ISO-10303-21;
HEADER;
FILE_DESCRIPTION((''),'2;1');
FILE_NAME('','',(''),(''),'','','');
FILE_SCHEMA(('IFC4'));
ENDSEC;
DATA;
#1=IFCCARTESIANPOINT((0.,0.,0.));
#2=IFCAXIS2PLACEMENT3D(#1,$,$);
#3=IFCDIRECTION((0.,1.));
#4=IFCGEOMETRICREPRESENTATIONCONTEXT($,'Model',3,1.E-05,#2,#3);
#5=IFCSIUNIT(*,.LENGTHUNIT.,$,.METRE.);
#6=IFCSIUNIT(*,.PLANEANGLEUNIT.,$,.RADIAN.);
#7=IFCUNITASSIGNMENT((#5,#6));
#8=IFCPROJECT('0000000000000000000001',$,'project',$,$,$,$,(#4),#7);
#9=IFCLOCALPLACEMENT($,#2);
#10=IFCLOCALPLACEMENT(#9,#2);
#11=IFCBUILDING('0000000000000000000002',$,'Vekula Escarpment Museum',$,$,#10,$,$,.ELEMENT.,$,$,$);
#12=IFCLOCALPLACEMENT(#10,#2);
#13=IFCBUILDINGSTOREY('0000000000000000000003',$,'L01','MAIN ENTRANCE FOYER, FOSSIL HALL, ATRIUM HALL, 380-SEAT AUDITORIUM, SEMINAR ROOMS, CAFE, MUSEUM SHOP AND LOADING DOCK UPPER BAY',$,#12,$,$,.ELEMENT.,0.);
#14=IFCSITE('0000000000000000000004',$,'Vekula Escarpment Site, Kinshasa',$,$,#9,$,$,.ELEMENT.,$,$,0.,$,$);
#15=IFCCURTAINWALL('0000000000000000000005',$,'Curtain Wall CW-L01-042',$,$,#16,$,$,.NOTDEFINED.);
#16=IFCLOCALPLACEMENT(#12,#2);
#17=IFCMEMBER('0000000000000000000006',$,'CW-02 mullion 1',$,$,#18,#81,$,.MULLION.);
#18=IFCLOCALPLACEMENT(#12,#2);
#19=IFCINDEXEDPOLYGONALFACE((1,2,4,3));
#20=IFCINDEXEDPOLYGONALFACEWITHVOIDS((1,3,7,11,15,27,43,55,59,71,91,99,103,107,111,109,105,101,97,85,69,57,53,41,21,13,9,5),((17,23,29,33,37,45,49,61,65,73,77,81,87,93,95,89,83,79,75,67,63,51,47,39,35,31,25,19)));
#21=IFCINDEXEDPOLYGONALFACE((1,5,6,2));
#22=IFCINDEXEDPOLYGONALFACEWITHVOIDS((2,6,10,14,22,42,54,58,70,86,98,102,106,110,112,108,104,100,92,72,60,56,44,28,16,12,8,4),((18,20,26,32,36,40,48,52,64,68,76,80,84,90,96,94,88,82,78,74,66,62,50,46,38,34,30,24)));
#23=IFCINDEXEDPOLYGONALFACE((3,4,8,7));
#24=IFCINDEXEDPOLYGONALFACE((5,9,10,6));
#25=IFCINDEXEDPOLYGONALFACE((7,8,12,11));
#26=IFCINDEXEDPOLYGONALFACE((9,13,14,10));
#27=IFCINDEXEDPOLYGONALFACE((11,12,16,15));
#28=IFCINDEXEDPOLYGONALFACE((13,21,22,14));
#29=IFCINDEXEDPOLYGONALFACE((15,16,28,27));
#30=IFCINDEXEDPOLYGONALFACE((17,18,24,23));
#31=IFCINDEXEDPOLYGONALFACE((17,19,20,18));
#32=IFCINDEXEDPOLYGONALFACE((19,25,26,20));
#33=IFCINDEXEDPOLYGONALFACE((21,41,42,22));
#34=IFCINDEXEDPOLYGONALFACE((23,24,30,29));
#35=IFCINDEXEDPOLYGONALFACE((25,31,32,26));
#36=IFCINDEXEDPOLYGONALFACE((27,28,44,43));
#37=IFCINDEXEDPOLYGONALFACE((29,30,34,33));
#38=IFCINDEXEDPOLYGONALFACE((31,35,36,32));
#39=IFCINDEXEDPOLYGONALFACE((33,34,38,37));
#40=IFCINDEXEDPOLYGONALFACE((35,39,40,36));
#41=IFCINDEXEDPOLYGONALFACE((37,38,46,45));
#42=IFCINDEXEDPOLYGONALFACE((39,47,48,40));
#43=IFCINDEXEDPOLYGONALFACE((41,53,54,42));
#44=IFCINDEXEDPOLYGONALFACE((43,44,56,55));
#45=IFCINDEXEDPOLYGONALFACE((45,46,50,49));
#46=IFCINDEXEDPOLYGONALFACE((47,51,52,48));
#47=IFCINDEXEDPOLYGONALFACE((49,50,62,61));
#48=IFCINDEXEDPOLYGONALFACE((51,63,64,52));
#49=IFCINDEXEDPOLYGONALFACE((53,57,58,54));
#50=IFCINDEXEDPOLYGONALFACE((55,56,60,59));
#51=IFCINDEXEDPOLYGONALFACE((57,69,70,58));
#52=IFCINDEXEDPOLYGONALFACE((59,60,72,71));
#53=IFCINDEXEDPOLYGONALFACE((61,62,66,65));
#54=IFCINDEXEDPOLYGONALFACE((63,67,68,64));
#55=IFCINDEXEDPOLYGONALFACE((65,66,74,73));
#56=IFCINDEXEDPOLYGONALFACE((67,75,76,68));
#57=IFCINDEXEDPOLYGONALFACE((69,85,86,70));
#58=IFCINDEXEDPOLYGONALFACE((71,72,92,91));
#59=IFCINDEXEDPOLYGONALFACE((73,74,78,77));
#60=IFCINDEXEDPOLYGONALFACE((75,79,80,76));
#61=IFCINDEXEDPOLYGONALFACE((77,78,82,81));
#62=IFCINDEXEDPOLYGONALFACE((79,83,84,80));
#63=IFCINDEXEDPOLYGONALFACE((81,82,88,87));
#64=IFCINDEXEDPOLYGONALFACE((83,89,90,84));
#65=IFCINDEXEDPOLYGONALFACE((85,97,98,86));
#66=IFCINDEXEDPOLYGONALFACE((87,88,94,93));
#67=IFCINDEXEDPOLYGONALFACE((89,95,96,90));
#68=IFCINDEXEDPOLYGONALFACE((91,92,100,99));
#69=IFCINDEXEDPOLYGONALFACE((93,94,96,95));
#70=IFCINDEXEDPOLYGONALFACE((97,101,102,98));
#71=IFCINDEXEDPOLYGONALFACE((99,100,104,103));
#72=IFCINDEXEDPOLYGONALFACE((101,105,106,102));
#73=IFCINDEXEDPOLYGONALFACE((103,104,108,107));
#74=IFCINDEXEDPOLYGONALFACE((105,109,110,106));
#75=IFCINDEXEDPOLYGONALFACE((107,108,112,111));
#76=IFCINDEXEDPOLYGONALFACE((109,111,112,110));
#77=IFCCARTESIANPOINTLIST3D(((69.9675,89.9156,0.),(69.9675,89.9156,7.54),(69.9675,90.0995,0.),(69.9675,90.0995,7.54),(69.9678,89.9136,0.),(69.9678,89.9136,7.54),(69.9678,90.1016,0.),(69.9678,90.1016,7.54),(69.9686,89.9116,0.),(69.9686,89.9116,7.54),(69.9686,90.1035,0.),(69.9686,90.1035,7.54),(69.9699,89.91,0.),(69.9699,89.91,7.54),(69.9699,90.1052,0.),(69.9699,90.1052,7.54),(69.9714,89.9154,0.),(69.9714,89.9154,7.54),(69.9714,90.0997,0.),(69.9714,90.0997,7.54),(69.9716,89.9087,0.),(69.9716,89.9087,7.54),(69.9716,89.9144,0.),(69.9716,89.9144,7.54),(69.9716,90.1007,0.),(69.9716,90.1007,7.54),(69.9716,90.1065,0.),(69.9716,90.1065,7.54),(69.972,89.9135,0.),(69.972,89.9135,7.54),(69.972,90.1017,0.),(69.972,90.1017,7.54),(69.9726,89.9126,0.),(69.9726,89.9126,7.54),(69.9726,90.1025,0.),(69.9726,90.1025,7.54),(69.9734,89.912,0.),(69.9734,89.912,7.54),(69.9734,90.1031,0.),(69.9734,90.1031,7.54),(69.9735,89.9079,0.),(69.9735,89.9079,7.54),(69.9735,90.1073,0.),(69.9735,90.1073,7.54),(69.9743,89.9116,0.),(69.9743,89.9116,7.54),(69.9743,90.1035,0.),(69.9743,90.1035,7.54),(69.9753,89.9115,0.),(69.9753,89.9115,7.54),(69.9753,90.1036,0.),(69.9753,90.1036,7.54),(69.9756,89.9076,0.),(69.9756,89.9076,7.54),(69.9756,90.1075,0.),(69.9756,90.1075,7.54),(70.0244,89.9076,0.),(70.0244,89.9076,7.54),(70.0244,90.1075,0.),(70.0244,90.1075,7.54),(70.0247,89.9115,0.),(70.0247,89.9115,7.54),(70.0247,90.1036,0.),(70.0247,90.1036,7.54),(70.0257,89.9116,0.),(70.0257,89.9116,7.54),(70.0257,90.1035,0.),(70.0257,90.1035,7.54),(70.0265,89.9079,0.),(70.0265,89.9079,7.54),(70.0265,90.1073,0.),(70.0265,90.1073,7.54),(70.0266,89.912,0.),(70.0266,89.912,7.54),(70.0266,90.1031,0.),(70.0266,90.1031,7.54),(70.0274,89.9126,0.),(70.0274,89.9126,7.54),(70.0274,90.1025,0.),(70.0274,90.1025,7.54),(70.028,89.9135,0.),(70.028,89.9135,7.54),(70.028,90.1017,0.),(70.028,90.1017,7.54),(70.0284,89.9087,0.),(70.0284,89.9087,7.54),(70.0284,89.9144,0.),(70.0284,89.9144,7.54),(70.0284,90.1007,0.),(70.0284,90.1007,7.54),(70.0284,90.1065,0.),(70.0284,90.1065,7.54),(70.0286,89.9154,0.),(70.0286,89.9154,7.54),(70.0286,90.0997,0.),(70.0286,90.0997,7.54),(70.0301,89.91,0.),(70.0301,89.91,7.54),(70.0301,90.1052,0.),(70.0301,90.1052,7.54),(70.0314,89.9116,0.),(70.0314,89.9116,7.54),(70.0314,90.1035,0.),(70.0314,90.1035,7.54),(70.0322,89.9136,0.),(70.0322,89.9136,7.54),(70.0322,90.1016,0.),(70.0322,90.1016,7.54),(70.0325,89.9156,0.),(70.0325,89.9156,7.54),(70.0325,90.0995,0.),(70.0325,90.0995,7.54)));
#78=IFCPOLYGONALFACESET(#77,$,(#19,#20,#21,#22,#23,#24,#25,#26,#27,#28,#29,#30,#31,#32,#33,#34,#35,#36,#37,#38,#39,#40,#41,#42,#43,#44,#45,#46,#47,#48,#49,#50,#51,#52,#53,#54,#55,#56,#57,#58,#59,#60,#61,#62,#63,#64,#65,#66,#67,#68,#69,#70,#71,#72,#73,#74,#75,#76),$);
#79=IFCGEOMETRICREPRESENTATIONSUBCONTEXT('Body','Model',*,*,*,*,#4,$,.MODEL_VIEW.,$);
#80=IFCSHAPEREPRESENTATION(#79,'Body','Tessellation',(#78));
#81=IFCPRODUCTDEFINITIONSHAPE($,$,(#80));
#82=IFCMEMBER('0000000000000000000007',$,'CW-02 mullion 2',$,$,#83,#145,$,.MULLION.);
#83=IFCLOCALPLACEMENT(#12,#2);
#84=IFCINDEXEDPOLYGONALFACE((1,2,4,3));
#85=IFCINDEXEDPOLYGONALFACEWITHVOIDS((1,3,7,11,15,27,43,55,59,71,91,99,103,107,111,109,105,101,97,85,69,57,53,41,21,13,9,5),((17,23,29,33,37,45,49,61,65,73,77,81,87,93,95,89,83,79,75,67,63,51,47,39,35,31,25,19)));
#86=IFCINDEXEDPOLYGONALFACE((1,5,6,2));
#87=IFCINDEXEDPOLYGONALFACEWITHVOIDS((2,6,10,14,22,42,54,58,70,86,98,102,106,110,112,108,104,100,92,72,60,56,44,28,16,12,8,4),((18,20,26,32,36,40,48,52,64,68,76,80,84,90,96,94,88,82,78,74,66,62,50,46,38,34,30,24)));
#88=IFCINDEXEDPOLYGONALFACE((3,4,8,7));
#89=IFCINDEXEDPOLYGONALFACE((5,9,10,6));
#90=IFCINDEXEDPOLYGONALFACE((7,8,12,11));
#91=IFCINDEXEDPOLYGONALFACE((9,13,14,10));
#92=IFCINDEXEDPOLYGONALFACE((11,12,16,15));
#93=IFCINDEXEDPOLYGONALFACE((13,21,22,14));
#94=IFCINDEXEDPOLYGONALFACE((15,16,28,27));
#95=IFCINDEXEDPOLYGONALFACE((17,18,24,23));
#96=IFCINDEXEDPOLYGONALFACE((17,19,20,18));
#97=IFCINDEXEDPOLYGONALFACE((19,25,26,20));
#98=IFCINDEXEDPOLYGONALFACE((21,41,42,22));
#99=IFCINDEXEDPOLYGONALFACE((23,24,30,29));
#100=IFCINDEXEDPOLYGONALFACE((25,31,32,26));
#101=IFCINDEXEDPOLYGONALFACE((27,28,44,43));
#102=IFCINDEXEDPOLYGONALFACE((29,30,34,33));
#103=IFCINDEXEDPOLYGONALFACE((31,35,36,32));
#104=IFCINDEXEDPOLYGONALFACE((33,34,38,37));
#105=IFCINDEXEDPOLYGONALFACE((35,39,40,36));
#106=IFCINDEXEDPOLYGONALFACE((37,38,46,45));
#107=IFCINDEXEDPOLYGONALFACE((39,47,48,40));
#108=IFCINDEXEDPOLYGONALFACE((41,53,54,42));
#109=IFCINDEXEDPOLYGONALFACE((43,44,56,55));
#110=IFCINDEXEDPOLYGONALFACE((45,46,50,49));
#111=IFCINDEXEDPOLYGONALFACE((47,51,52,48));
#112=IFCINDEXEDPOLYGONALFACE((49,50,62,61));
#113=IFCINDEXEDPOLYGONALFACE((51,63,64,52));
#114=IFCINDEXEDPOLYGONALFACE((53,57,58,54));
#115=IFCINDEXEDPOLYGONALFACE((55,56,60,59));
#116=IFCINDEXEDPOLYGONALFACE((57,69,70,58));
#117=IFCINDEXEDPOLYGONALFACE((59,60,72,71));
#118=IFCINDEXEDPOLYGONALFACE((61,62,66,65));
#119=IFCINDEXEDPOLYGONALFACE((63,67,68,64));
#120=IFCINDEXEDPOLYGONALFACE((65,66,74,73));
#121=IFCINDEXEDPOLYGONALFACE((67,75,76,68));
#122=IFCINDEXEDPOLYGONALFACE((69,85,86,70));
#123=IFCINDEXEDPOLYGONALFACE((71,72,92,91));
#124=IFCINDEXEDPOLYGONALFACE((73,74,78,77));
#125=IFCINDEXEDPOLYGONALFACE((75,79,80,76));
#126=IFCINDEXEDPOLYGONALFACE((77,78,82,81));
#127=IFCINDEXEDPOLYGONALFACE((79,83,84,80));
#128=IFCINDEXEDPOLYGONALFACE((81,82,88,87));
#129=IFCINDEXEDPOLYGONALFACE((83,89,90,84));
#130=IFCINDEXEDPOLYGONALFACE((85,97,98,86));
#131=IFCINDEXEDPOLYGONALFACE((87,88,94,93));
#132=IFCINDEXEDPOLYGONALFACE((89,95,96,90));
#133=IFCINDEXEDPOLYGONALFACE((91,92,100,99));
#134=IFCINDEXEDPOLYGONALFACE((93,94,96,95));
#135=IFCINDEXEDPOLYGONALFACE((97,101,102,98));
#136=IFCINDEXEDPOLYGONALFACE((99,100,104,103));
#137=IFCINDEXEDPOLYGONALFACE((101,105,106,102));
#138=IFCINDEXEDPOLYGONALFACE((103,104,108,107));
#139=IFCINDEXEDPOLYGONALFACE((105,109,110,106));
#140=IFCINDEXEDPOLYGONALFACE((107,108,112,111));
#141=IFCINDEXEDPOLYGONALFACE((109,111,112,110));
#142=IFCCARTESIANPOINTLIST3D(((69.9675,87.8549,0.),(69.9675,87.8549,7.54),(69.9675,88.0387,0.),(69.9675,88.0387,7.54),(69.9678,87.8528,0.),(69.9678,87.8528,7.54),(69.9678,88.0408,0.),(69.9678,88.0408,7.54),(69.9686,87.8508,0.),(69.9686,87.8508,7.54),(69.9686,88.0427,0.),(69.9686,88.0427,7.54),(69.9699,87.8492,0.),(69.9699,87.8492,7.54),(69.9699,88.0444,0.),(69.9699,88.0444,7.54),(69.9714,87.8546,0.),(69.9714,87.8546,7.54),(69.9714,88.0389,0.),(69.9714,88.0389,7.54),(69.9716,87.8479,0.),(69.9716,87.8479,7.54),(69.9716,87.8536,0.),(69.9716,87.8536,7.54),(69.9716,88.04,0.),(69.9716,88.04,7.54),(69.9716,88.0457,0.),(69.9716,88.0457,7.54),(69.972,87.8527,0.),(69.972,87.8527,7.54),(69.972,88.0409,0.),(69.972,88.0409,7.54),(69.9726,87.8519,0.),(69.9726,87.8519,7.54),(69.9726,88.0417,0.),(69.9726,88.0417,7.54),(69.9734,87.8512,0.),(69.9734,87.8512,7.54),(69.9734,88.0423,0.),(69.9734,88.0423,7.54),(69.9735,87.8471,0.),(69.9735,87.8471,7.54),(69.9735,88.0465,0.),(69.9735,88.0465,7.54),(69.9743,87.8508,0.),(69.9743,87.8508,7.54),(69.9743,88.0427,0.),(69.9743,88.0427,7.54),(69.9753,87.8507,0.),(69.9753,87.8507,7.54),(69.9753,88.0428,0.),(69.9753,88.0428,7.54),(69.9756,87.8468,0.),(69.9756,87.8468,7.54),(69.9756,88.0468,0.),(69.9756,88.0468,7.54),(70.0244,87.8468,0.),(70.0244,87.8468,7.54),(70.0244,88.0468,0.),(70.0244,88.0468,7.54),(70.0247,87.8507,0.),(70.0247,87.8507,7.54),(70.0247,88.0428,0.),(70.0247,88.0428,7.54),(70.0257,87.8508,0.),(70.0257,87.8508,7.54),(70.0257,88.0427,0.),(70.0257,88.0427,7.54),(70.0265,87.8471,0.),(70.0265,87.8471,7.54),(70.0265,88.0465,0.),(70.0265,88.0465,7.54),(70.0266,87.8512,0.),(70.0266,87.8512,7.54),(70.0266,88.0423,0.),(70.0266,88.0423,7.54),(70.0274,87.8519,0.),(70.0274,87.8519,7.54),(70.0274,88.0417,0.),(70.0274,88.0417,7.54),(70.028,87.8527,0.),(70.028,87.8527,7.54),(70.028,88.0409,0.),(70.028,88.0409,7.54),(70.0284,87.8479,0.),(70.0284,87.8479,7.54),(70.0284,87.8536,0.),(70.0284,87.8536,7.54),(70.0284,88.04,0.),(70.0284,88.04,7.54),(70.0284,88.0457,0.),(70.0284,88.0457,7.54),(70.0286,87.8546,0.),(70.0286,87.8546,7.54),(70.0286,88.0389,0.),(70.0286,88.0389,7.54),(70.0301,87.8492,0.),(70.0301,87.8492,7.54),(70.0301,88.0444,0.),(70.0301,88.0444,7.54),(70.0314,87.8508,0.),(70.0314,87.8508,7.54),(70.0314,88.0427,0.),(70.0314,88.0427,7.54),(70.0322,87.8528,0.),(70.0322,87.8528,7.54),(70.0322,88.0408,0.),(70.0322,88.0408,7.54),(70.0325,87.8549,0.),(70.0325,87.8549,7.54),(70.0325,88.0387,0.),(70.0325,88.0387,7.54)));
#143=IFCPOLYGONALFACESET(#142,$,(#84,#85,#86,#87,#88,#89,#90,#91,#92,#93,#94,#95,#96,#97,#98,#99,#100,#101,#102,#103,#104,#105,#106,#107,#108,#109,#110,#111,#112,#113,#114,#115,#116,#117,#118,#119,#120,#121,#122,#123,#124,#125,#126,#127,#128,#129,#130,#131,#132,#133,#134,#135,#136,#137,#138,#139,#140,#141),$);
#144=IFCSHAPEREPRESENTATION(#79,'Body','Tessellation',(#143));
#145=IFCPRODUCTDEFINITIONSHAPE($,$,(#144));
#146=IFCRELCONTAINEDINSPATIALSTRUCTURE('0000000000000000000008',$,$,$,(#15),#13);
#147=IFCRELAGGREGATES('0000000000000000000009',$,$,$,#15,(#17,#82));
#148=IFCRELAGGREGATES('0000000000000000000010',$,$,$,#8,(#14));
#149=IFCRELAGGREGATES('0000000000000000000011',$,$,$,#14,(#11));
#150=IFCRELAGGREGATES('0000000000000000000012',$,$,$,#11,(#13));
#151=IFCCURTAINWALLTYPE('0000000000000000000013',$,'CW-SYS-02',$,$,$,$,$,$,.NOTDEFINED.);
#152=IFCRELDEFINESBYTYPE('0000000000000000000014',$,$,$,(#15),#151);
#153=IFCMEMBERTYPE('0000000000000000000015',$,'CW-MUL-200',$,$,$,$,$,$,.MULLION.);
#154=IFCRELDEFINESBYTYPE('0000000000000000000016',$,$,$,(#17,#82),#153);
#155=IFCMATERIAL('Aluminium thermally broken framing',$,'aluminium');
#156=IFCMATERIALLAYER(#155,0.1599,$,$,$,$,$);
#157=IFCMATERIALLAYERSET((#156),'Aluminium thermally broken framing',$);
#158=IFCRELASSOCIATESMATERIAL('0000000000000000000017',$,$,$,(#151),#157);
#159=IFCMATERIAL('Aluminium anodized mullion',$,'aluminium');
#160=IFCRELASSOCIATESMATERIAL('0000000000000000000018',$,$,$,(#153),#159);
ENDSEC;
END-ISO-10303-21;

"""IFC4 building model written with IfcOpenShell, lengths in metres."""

from ifc_helpers import new_model, si_unit, direction, frame, origin, origin_2d, place, context, subcontext, project, spatial, hollow_rectangle, extrude, material, layer, layer_set, material_profile, profile_set, type_object, element, aggregate, save


model = new_model("IFC4")

# Units and contexts
model_context = context("Model", 3, precision=1e-05, world=origin(), true_north=direction((0.0, 1.0)))
body_context = subcontext(model_context, "Body", "Model", "MODEL_VIEW")
ifc_project = project(units=[si_unit("LENGTHUNIT", "METRE"), si_unit("PLANEANGLEUNIT", "RADIAN")], contexts=[model_context])

# Site, building, storey
site_placement = place(None, origin())
site = spatial("IfcSite", under=ifc_project, at=site_placement, Name="Vekula Escarpment Site, Kinshasa", CompositionType="ELEMENT", RefElevation=0.0)
building_placement = place(site_placement, origin())
building = spatial("IfcBuilding", under=site, at=building_placement, Name="Vekula Escarpment Museum", CompositionType="ELEMENT")
storey_placement = place(building_placement, origin())
storey = spatial("IfcBuildingStorey", under=building, at=storey_placement, Name="L01", Description="MAIN ENTRANCE FOYER, FOSSIL HALL, ATRIUM HALL, 380-SEAT AUDITORIUM, SEMINAR ROOMS, CAFE, MUSEUM SHOP AND LOADING DOCK UPPER BAY", CompositionType="ELEMENT", Elevation=0.0)

# Curtain wall, members
ifc_material_1 = material(Name="Aluminium thermally broken framing", Category="aluminium")
ifc_layer_1 = layer(ifc_material_1, 0.1599)
ifc_layer_set_1 = layer_set([ifc_layer_1], Name="Aluminium thermally broken framing")
curtain_wall_type = type_object("IfcCurtainWallType", Name="CW-SYS-02", PredefinedType="NOTDEFINED", material=ifc_layer_set_1)
curtain_wall_placement = place(storey_placement, origin())
curtain_wall = element("IfcCurtainWall", 1, at=curtain_wall_placement, inside=storey, type_object=curtain_wall_type, Name="Curtain Wall CW-L01-042", PredefinedType="NOTDEFINED")
ifc_material_2 = material(Name="Aluminium anodized mullion", Category="aluminium")
ifc_material_profile_1 = material_profile(ifc_material_2, hollow_rectangle(XDim=0.0649, YDim=0.2, WallThickness=0.0039, InnerFilletRadius=0.0039, OuterFilletRadius=0.0081, at=origin_2d()), Name="ALU 200x65x4")
ifc_profile_set_1 = profile_set([ifc_material_profile_1], Name="Aluminium anodized mullion")
member_type_1 = type_object("IfcMemberType", Name="CW-MUL-200", PredefinedType="MULLION", material=ifc_profile_set_1)
member_1_placement = place(storey_placement, frame((70.0, 90.0076, 0.0), z_axis=(0.0, 0.0, 1.0), x_axis=(1.0, 0.0, 0.0)))
member_1 = element("IfcMember", 2, at=member_1_placement, type_object=member_type_1, Name="CW-02 mullion 1", PredefinedType="MULLION", context=body_context, shape_type="SweptSolid", body=[
    extrude(hollow_rectangle(XDim=0.0649, YDim=0.2, WallThickness=0.0039, InnerFilletRadius=0.0039, OuterFilletRadius=0.0081, at=origin_2d()), origin(), (0.0, 0.0, 1.0), 7.54),
])
member_2_placement = place(storey_placement, frame((70.0, 87.9468, 0.0), z_axis=(0.0, 0.0, 1.0), x_axis=(1.0, 0.0, 0.0)))
member_2 = element("IfcMember", 3, at=member_2_placement, type_object=member_type_1, Name="CW-02 mullion 2", PredefinedType="MULLION", context=body_context, shape_type="SweptSolid", body=[
    extrude(hollow_rectangle(XDim=0.0649, YDim=0.2, WallThickness=0.0039, InnerFilletRadius=0.0039, OuterFilletRadius=0.0081, at=origin_2d()), origin(), (0.0, 0.0, 1.0), 7.54),
])

aggregate(curtain_wall, [member_1, member_2])

save(model, "model.ifc")
